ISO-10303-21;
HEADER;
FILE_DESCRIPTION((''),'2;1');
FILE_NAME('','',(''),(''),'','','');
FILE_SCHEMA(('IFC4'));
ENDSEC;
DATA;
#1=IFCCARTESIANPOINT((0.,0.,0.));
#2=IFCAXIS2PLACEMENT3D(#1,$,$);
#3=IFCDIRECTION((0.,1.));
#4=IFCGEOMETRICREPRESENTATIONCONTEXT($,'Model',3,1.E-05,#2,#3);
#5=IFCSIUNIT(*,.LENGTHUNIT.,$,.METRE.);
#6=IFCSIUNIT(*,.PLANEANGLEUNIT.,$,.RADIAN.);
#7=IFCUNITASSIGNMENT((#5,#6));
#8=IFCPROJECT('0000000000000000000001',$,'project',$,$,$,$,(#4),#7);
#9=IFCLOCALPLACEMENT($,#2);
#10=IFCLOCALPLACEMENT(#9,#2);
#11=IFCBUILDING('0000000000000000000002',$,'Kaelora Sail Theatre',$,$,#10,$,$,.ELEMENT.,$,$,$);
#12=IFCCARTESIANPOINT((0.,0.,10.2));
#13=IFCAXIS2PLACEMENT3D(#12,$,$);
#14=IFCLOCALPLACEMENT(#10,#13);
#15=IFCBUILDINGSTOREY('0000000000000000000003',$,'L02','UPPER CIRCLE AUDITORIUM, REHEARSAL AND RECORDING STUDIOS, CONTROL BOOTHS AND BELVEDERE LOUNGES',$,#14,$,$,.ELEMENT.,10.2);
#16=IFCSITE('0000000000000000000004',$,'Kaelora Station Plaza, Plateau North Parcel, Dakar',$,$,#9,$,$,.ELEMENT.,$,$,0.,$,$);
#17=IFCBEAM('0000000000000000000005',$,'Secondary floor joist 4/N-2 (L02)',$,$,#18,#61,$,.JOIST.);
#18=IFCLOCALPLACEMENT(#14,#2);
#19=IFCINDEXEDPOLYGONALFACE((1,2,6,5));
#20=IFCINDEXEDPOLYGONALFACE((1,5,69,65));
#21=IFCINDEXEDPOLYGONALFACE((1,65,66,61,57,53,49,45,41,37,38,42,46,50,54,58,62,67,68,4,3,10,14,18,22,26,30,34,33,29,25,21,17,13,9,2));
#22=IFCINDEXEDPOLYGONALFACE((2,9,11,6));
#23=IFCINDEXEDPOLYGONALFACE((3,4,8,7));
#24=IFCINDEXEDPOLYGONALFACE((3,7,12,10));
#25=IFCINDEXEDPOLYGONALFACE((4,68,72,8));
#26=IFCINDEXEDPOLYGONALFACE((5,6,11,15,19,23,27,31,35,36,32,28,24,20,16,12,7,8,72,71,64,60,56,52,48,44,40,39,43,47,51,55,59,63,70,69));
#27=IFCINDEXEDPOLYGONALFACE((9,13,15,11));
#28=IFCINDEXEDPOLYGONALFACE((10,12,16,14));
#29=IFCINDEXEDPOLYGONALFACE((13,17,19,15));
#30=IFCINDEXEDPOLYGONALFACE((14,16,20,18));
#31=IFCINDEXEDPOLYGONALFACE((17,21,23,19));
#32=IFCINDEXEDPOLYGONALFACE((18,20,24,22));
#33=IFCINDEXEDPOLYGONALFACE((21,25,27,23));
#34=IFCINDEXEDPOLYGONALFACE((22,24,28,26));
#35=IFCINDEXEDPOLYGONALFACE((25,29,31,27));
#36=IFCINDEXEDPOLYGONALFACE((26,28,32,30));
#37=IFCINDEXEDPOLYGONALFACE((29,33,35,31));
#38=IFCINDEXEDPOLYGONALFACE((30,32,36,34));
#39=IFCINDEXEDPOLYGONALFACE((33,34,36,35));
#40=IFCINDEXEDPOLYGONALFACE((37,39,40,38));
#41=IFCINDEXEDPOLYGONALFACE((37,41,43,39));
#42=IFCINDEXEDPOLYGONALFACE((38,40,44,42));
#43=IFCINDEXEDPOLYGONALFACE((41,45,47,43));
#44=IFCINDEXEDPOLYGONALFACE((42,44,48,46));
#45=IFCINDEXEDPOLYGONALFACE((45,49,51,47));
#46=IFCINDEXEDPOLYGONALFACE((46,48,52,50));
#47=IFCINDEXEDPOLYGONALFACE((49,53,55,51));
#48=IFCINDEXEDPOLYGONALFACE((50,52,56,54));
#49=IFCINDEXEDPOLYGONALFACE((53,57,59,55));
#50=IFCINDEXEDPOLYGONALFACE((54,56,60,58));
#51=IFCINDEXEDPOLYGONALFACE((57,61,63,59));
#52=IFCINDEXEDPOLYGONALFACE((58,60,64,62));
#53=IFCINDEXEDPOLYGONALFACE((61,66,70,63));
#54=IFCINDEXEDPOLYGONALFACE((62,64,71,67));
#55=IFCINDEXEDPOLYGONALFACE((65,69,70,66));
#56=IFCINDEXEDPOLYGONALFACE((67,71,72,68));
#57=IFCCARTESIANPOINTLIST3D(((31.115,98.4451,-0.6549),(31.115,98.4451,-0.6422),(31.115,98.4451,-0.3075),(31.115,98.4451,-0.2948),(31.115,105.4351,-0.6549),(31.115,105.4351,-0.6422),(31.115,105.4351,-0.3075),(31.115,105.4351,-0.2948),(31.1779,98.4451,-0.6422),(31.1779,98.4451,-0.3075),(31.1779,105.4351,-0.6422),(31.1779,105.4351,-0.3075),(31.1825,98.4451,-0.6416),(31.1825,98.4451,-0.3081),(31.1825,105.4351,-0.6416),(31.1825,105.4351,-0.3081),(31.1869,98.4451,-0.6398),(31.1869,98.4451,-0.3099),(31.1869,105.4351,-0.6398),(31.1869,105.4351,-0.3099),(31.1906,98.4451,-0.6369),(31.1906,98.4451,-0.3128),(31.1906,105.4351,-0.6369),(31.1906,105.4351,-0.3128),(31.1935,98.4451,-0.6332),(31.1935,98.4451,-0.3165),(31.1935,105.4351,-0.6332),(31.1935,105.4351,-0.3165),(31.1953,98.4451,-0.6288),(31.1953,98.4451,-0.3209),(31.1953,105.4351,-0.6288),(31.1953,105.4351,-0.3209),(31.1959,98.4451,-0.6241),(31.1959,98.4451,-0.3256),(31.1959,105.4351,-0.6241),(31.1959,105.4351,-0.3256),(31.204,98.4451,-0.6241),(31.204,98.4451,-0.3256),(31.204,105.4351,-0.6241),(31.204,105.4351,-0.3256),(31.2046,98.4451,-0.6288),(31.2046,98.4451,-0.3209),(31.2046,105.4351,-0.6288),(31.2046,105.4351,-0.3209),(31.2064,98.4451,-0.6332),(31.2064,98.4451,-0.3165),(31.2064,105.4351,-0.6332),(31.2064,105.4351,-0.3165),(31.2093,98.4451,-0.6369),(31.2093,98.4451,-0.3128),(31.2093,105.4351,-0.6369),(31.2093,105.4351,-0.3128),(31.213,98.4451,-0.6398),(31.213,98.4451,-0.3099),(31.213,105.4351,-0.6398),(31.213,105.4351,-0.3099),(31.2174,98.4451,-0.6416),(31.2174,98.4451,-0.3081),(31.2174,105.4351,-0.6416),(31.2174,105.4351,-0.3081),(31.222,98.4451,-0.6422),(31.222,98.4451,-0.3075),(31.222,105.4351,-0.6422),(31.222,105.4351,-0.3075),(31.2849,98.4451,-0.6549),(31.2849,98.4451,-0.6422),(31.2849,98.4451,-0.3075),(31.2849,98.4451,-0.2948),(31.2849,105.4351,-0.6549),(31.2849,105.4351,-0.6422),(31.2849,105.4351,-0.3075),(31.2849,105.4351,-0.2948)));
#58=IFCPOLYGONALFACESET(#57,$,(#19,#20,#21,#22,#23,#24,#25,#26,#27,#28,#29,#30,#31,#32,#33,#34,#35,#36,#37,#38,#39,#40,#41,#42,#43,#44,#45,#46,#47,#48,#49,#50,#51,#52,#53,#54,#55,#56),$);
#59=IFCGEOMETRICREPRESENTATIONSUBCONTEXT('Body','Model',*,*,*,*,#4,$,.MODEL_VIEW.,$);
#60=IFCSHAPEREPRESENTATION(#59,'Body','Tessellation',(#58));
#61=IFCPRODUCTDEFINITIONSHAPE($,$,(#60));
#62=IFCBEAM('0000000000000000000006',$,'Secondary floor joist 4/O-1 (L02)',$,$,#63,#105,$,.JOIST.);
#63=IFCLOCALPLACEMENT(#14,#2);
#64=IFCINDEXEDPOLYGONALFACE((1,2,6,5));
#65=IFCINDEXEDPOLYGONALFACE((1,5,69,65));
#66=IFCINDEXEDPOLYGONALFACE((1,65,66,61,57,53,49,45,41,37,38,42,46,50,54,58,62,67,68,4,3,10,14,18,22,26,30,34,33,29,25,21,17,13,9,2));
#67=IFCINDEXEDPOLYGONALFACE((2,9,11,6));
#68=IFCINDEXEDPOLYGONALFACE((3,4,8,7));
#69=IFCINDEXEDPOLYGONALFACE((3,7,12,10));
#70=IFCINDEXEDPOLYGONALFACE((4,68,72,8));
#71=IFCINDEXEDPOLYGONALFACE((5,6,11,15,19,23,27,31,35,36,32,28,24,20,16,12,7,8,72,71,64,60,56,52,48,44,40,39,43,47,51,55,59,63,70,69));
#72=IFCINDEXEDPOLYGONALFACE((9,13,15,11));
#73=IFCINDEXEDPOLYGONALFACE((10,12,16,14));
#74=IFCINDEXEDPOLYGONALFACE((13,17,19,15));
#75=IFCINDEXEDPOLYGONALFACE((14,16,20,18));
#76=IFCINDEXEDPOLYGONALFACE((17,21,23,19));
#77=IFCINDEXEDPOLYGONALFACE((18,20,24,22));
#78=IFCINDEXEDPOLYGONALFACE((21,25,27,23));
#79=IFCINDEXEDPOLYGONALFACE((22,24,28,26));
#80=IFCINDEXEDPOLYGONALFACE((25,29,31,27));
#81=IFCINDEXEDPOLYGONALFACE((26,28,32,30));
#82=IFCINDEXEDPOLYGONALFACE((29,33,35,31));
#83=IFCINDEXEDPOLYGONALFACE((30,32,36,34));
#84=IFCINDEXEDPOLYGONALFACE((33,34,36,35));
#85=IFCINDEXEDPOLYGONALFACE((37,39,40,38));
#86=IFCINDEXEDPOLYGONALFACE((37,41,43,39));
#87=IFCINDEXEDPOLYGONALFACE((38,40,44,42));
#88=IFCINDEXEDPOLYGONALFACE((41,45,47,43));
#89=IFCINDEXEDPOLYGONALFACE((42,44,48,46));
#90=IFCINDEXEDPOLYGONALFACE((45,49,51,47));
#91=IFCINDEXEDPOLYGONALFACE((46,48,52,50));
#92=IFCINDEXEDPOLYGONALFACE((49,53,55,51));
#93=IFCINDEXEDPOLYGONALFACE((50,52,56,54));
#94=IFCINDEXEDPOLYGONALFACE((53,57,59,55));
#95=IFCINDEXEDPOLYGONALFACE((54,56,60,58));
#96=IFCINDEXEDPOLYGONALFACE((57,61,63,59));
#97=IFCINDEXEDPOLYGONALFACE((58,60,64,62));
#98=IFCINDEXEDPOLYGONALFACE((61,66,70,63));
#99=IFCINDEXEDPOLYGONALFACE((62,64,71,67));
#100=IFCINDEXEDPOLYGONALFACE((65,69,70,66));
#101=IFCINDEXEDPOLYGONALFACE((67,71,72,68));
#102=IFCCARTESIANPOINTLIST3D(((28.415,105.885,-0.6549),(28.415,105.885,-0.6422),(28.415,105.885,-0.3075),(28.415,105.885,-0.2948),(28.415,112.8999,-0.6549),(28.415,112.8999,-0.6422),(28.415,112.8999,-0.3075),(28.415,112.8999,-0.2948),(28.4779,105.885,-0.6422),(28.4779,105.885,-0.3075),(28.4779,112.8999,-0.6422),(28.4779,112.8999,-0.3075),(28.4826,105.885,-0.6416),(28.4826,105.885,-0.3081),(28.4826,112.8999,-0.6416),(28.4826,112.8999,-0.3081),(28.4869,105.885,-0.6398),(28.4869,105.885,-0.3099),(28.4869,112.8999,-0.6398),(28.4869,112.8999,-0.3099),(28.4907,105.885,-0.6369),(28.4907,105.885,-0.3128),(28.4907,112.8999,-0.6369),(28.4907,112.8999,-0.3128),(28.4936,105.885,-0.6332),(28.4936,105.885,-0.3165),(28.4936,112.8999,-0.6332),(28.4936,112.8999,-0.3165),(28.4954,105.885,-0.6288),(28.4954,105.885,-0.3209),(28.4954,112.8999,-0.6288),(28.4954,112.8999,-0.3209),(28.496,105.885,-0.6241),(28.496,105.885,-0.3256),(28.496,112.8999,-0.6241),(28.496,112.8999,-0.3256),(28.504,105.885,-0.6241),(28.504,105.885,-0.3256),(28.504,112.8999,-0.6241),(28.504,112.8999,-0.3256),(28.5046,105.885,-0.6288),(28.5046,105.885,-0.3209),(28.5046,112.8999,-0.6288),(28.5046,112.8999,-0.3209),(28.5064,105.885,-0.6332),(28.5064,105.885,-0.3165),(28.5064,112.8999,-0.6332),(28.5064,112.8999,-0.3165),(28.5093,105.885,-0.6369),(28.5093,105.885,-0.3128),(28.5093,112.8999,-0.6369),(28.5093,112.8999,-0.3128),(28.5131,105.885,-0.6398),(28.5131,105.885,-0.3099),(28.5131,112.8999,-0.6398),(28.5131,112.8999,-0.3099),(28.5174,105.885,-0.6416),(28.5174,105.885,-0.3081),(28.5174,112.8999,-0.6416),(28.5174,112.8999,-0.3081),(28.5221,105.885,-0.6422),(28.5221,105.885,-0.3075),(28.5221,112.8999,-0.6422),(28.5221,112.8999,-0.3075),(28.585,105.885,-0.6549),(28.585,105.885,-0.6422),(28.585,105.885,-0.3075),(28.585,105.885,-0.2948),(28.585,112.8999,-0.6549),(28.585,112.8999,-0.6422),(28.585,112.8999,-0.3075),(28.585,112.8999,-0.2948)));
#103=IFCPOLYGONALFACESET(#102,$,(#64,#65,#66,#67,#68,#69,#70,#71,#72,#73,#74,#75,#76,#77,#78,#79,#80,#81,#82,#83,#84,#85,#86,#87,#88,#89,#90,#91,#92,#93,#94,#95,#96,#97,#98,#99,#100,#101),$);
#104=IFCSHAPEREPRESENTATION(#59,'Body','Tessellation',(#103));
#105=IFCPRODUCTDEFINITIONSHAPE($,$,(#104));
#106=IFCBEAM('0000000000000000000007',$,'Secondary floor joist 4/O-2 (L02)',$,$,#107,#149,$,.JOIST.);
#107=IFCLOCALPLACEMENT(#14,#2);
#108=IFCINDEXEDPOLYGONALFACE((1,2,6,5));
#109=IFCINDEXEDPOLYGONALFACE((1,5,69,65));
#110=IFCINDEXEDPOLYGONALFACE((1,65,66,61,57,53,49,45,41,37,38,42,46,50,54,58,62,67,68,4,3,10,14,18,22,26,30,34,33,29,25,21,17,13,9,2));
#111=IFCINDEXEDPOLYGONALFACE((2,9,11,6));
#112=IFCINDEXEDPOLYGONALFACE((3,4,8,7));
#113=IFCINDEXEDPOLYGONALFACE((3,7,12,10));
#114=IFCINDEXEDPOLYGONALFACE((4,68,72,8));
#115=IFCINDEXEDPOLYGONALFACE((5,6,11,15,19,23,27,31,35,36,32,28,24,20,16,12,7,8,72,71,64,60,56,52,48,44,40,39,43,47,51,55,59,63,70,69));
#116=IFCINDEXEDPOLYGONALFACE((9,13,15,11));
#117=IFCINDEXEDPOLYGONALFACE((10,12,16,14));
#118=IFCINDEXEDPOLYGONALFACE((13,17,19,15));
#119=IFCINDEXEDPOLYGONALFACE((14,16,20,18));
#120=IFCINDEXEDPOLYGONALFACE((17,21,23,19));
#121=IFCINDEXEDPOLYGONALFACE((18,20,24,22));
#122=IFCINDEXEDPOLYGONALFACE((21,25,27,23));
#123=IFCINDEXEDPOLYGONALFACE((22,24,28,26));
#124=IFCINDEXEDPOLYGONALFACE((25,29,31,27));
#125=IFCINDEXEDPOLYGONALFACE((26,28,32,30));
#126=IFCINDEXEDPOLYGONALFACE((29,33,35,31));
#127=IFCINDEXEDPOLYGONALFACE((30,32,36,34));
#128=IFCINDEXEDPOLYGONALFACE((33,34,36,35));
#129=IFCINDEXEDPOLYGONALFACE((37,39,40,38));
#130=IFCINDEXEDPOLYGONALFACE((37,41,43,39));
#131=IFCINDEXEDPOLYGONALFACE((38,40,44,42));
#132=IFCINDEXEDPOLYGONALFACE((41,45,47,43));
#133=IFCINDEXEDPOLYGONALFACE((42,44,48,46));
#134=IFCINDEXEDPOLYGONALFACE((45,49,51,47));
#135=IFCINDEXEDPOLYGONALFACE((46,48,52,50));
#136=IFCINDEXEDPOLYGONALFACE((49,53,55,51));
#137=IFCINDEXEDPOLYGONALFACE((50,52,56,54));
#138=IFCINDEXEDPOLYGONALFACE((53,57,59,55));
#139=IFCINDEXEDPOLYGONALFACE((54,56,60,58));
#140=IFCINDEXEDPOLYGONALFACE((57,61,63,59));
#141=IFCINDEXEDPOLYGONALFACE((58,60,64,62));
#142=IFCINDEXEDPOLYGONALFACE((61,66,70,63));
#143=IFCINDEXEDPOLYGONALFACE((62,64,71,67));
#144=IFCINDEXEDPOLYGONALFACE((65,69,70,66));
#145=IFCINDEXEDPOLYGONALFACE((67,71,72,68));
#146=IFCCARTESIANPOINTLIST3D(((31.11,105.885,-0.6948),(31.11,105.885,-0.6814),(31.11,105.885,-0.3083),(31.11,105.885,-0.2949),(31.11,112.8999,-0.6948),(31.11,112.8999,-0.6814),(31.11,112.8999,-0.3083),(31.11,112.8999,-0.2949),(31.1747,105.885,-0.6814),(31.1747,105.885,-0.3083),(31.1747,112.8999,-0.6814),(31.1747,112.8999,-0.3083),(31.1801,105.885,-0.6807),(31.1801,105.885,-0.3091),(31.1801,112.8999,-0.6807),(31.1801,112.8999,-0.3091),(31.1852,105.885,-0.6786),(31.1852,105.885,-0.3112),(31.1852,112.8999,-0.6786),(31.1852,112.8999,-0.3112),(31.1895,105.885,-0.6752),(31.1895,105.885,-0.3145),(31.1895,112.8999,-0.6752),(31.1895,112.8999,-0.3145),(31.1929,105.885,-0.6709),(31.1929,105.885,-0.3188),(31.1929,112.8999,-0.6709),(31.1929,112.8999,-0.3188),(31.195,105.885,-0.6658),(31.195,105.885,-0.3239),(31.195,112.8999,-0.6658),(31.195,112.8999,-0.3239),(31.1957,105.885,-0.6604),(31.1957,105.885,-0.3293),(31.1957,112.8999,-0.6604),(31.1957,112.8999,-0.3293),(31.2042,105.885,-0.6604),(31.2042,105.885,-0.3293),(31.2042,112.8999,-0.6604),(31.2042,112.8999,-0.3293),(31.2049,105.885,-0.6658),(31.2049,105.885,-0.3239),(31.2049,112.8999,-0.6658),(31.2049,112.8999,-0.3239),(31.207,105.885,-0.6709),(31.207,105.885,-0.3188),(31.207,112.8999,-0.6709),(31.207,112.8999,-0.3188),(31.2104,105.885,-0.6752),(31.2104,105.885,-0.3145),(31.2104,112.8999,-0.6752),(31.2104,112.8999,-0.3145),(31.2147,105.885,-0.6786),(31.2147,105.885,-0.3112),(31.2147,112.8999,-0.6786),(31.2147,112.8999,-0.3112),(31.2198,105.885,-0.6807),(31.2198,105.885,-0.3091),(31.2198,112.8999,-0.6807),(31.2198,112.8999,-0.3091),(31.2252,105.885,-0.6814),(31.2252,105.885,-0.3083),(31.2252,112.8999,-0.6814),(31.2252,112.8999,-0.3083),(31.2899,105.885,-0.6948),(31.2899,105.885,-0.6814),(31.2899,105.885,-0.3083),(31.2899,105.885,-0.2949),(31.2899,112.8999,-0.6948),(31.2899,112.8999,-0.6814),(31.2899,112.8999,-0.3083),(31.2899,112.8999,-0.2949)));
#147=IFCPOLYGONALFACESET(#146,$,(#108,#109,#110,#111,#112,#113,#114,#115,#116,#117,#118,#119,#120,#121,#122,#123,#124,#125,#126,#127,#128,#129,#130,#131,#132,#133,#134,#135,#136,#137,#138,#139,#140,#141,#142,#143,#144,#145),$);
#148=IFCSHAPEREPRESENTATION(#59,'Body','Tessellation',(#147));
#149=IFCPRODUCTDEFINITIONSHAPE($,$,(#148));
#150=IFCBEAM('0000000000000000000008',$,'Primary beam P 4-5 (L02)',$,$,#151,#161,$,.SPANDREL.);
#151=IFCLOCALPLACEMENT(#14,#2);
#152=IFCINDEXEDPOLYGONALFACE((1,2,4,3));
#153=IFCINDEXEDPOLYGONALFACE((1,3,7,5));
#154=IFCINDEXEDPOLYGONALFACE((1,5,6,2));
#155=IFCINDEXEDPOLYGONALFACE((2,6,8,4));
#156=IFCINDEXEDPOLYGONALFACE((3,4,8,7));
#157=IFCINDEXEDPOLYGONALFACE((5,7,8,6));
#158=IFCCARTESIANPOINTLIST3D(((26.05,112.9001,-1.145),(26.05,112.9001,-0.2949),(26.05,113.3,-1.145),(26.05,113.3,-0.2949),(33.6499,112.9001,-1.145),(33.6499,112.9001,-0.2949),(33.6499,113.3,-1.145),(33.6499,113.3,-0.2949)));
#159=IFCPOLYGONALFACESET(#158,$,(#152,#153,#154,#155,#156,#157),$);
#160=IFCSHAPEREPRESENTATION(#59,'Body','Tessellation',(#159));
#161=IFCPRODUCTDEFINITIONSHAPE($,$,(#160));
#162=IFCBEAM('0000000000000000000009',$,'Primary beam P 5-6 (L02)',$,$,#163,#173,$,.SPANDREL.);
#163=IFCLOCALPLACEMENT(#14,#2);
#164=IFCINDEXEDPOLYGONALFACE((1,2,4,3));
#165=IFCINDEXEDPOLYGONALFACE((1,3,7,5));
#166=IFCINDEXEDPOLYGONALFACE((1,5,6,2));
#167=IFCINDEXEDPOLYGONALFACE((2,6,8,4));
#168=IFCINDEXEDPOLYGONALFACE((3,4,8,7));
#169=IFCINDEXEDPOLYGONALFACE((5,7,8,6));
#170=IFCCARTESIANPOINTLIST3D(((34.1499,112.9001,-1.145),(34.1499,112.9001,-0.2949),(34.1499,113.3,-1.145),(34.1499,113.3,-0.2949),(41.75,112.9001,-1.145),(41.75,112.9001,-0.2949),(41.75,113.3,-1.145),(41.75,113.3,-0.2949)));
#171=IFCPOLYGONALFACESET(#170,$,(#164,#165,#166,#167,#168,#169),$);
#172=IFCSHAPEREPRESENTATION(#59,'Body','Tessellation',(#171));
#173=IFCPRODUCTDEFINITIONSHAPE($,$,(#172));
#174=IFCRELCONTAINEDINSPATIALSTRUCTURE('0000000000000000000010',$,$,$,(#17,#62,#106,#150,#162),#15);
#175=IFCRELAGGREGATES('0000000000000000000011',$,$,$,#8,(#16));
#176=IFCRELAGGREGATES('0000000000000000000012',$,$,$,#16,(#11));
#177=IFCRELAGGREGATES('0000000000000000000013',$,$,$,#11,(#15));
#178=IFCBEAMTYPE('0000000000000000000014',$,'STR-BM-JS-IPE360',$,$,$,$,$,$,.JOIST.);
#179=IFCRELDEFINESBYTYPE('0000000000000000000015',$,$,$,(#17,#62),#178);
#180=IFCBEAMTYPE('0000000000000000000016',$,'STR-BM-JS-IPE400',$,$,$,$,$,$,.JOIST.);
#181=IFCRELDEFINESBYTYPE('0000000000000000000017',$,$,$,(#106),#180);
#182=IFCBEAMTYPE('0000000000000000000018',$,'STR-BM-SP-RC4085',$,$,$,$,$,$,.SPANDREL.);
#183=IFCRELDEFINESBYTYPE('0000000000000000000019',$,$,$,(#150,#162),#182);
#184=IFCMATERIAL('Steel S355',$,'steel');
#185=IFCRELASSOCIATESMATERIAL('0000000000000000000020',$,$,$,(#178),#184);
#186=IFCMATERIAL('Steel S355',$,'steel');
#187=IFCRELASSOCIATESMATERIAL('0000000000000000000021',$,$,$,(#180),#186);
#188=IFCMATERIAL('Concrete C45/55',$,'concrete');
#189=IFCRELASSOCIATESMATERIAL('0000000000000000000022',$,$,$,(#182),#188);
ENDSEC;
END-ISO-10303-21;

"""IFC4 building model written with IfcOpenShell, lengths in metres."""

from ifc_helpers import new_model, si_unit, direction, frame, origin, origin_2d, place, context, subcontext, project, spatial, rectangle, i_section, extrude, material, material_profile, profile_set, type_object, element, save


model = new_model("IFC4")

# Units and contexts
model_context = context("Model", 3, precision=1e-05, world=origin(), true_north=direction((0.0, 1.0)))
body_context = subcontext(model_context, "Body", "Model", "MODEL_VIEW")
ifc_project = project(units=[si_unit("LENGTHUNIT", "METRE"), si_unit("PLANEANGLEUNIT", "RADIAN")], contexts=[model_context])

# Site, building, storey
site_placement = place(None, origin())
site = spatial("IfcSite", under=ifc_project, at=site_placement, Name="Kaelora Station Plaza, Plateau North Parcel, Dakar", CompositionType="ELEMENT", RefElevation=0.0)
building_placement = place(site_placement, origin())
building = spatial("IfcBuilding", under=site, at=building_placement, Name="Kaelora Sail Theatre", CompositionType="ELEMENT")
storey_placement = place(building_placement, frame((0.0, 0.0, 10.2)))
storey = spatial("IfcBuildingStorey", under=building, at=storey_placement, Name="L02", Description="UPPER CIRCLE AUDITORIUM, REHEARSAL AND RECORDING STUDIOS, CONTROL BOOTHS AND BELVEDERE LOUNGES", CompositionType="ELEMENT", Elevation=10.2)

# Beams
ifc_material_1 = material(Name="Steel S355", Category="steel")
ifc_material_profile_1 = material_profile(ifc_material_1, i_section(OverallWidth=0.1699, OverallDepth=0.3601, WebThickness=0.0081, FlangeThickness=0.0127, FilletRadius=0.0181, at=origin_2d()), Name="IPE 360")
ifc_profile_set_1 = profile_set([ifc_material_profile_1], Name="Steel S355")
beam_type_1 = type_object("IfcBeamType", Name="STR-BM-JS-IPE360", PredefinedType="JOIST", material=ifc_profile_set_1)
beam_1_placement = place(storey_placement, frame((31.2, 98.4451, -0.4749), z_axis=(0.0, 1.0, 0.0), x_axis=(-1.0, 0.0, 0.0)))
element("IfcBeam", 1, at=beam_1_placement, inside=storey, type_object=beam_type_1, Name="Secondary floor joist 4/N-2 (L02)", PredefinedType="JOIST", context=body_context, shape_type="SweptSolid", body=[
    extrude(i_section(OverallWidth=0.1699, OverallDepth=0.3601, WebThickness=0.0081, FlangeThickness=0.0127, FilletRadius=0.0181, at=origin_2d()), origin(), (0.0, 0.0, 1.0), 6.99),
])
beam_2_placement = place(storey_placement, frame((28.5, 105.885, -0.4749), z_axis=(0.0, 1.0, 0.0), x_axis=(-1.0, 0.0, 0.0)))
element("IfcBeam", 2, at=beam_2_placement, inside=storey, type_object=beam_type_1, Name="Secondary floor joist 4/O-1 (L02)", PredefinedType="JOIST", context=body_context, shape_type="SweptSolid", body=[
    extrude(i_section(OverallWidth=0.1699, OverallDepth=0.3601, WebThickness=0.0081, FlangeThickness=0.0127, FilletRadius=0.0181, at=origin_2d()), origin(), (0.0, 0.0, 1.0), 7.0149),
])
ifc_material_2 = material(Name="Steel S355", Category="steel")
ifc_material_profile_2 = material_profile(ifc_material_2, i_section(OverallWidth=0.1799, OverallDepth=0.3999, WebThickness=0.0085, FlangeThickness=0.0134, FilletRadius=0.021, at=origin_2d()), Name="IPE 400")
ifc_profile_set_2 = profile_set([ifc_material_profile_2], Name="Steel S355")
beam_type_2 = type_object("IfcBeamType", Name="STR-BM-JS-IPE400", PredefinedType="JOIST", material=ifc_profile_set_2)
beam_3_placement = place(storey_placement, frame((31.2, 105.885, -0.4949), z_axis=(0.0, 1.0, 0.0), x_axis=(-1.0, 0.0, 0.0)))
element("IfcBeam", 3, at=beam_3_placement, inside=storey, type_object=beam_type_2, Name="Secondary floor joist 4/O-2 (L02)", PredefinedType="JOIST", context=body_context, shape_type="SweptSolid", body=[
    extrude(i_section(OverallWidth=0.1799, OverallDepth=0.3999, WebThickness=0.0085, FlangeThickness=0.0134, FilletRadius=0.021, at=origin_2d()), origin(), (0.0, 0.0, 1.0), 7.0149),
])
ifc_material_3 = material(Name="Concrete C45/55", Category="concrete")
ifc_material_profile_3 = material_profile(ifc_material_3, rectangle(XDim=0.3999, YDim=0.8501, at=origin_2d()), Name="RC-SPN 400x850")
ifc_profile_set_3 = profile_set([ifc_material_profile_3], Name="Concrete C45/55")
beam_type_3 = type_object("IfcBeamType", Name="STR-BM-SP-RC4085", PredefinedType="SPANDREL", material=ifc_profile_set_3)
beam_4_placement = place(storey_placement, frame((26.05, 113.1001, -0.72), z_axis=(1.0, 0.0, 0.0), x_axis=(0.0, 1.0, 0.0)))
element("IfcBeam", 4, at=beam_4_placement, inside=storey, type_object=beam_type_3, Name="Primary beam P 4-5 (L02)", PredefinedType="SPANDREL", context=body_context, shape_type="SweptSolid", body=[
    extrude(rectangle(XDim=0.3999, YDim=0.8501, at=origin_2d()), origin(), (0.0, 0.0, 1.0), 7.5999),
])
beam_5_placement = place(storey_placement, frame((34.1499, 113.1001, -0.72), z_axis=(1.0, 0.0, 0.0), x_axis=(0.0, 1.0, 0.0)))
element("IfcBeam", 5, at=beam_5_placement, inside=storey, type_object=beam_type_3, Name="Primary beam P 5-6 (L02)", PredefinedType="SPANDREL", context=body_context, shape_type="SweptSolid", body=[
    extrude(rectangle(XDim=0.3999, YDim=0.8501, at=origin_2d()), origin(), (0.0, 0.0, 1.0), 7.6001),
])

save(model, "model.ifc")
